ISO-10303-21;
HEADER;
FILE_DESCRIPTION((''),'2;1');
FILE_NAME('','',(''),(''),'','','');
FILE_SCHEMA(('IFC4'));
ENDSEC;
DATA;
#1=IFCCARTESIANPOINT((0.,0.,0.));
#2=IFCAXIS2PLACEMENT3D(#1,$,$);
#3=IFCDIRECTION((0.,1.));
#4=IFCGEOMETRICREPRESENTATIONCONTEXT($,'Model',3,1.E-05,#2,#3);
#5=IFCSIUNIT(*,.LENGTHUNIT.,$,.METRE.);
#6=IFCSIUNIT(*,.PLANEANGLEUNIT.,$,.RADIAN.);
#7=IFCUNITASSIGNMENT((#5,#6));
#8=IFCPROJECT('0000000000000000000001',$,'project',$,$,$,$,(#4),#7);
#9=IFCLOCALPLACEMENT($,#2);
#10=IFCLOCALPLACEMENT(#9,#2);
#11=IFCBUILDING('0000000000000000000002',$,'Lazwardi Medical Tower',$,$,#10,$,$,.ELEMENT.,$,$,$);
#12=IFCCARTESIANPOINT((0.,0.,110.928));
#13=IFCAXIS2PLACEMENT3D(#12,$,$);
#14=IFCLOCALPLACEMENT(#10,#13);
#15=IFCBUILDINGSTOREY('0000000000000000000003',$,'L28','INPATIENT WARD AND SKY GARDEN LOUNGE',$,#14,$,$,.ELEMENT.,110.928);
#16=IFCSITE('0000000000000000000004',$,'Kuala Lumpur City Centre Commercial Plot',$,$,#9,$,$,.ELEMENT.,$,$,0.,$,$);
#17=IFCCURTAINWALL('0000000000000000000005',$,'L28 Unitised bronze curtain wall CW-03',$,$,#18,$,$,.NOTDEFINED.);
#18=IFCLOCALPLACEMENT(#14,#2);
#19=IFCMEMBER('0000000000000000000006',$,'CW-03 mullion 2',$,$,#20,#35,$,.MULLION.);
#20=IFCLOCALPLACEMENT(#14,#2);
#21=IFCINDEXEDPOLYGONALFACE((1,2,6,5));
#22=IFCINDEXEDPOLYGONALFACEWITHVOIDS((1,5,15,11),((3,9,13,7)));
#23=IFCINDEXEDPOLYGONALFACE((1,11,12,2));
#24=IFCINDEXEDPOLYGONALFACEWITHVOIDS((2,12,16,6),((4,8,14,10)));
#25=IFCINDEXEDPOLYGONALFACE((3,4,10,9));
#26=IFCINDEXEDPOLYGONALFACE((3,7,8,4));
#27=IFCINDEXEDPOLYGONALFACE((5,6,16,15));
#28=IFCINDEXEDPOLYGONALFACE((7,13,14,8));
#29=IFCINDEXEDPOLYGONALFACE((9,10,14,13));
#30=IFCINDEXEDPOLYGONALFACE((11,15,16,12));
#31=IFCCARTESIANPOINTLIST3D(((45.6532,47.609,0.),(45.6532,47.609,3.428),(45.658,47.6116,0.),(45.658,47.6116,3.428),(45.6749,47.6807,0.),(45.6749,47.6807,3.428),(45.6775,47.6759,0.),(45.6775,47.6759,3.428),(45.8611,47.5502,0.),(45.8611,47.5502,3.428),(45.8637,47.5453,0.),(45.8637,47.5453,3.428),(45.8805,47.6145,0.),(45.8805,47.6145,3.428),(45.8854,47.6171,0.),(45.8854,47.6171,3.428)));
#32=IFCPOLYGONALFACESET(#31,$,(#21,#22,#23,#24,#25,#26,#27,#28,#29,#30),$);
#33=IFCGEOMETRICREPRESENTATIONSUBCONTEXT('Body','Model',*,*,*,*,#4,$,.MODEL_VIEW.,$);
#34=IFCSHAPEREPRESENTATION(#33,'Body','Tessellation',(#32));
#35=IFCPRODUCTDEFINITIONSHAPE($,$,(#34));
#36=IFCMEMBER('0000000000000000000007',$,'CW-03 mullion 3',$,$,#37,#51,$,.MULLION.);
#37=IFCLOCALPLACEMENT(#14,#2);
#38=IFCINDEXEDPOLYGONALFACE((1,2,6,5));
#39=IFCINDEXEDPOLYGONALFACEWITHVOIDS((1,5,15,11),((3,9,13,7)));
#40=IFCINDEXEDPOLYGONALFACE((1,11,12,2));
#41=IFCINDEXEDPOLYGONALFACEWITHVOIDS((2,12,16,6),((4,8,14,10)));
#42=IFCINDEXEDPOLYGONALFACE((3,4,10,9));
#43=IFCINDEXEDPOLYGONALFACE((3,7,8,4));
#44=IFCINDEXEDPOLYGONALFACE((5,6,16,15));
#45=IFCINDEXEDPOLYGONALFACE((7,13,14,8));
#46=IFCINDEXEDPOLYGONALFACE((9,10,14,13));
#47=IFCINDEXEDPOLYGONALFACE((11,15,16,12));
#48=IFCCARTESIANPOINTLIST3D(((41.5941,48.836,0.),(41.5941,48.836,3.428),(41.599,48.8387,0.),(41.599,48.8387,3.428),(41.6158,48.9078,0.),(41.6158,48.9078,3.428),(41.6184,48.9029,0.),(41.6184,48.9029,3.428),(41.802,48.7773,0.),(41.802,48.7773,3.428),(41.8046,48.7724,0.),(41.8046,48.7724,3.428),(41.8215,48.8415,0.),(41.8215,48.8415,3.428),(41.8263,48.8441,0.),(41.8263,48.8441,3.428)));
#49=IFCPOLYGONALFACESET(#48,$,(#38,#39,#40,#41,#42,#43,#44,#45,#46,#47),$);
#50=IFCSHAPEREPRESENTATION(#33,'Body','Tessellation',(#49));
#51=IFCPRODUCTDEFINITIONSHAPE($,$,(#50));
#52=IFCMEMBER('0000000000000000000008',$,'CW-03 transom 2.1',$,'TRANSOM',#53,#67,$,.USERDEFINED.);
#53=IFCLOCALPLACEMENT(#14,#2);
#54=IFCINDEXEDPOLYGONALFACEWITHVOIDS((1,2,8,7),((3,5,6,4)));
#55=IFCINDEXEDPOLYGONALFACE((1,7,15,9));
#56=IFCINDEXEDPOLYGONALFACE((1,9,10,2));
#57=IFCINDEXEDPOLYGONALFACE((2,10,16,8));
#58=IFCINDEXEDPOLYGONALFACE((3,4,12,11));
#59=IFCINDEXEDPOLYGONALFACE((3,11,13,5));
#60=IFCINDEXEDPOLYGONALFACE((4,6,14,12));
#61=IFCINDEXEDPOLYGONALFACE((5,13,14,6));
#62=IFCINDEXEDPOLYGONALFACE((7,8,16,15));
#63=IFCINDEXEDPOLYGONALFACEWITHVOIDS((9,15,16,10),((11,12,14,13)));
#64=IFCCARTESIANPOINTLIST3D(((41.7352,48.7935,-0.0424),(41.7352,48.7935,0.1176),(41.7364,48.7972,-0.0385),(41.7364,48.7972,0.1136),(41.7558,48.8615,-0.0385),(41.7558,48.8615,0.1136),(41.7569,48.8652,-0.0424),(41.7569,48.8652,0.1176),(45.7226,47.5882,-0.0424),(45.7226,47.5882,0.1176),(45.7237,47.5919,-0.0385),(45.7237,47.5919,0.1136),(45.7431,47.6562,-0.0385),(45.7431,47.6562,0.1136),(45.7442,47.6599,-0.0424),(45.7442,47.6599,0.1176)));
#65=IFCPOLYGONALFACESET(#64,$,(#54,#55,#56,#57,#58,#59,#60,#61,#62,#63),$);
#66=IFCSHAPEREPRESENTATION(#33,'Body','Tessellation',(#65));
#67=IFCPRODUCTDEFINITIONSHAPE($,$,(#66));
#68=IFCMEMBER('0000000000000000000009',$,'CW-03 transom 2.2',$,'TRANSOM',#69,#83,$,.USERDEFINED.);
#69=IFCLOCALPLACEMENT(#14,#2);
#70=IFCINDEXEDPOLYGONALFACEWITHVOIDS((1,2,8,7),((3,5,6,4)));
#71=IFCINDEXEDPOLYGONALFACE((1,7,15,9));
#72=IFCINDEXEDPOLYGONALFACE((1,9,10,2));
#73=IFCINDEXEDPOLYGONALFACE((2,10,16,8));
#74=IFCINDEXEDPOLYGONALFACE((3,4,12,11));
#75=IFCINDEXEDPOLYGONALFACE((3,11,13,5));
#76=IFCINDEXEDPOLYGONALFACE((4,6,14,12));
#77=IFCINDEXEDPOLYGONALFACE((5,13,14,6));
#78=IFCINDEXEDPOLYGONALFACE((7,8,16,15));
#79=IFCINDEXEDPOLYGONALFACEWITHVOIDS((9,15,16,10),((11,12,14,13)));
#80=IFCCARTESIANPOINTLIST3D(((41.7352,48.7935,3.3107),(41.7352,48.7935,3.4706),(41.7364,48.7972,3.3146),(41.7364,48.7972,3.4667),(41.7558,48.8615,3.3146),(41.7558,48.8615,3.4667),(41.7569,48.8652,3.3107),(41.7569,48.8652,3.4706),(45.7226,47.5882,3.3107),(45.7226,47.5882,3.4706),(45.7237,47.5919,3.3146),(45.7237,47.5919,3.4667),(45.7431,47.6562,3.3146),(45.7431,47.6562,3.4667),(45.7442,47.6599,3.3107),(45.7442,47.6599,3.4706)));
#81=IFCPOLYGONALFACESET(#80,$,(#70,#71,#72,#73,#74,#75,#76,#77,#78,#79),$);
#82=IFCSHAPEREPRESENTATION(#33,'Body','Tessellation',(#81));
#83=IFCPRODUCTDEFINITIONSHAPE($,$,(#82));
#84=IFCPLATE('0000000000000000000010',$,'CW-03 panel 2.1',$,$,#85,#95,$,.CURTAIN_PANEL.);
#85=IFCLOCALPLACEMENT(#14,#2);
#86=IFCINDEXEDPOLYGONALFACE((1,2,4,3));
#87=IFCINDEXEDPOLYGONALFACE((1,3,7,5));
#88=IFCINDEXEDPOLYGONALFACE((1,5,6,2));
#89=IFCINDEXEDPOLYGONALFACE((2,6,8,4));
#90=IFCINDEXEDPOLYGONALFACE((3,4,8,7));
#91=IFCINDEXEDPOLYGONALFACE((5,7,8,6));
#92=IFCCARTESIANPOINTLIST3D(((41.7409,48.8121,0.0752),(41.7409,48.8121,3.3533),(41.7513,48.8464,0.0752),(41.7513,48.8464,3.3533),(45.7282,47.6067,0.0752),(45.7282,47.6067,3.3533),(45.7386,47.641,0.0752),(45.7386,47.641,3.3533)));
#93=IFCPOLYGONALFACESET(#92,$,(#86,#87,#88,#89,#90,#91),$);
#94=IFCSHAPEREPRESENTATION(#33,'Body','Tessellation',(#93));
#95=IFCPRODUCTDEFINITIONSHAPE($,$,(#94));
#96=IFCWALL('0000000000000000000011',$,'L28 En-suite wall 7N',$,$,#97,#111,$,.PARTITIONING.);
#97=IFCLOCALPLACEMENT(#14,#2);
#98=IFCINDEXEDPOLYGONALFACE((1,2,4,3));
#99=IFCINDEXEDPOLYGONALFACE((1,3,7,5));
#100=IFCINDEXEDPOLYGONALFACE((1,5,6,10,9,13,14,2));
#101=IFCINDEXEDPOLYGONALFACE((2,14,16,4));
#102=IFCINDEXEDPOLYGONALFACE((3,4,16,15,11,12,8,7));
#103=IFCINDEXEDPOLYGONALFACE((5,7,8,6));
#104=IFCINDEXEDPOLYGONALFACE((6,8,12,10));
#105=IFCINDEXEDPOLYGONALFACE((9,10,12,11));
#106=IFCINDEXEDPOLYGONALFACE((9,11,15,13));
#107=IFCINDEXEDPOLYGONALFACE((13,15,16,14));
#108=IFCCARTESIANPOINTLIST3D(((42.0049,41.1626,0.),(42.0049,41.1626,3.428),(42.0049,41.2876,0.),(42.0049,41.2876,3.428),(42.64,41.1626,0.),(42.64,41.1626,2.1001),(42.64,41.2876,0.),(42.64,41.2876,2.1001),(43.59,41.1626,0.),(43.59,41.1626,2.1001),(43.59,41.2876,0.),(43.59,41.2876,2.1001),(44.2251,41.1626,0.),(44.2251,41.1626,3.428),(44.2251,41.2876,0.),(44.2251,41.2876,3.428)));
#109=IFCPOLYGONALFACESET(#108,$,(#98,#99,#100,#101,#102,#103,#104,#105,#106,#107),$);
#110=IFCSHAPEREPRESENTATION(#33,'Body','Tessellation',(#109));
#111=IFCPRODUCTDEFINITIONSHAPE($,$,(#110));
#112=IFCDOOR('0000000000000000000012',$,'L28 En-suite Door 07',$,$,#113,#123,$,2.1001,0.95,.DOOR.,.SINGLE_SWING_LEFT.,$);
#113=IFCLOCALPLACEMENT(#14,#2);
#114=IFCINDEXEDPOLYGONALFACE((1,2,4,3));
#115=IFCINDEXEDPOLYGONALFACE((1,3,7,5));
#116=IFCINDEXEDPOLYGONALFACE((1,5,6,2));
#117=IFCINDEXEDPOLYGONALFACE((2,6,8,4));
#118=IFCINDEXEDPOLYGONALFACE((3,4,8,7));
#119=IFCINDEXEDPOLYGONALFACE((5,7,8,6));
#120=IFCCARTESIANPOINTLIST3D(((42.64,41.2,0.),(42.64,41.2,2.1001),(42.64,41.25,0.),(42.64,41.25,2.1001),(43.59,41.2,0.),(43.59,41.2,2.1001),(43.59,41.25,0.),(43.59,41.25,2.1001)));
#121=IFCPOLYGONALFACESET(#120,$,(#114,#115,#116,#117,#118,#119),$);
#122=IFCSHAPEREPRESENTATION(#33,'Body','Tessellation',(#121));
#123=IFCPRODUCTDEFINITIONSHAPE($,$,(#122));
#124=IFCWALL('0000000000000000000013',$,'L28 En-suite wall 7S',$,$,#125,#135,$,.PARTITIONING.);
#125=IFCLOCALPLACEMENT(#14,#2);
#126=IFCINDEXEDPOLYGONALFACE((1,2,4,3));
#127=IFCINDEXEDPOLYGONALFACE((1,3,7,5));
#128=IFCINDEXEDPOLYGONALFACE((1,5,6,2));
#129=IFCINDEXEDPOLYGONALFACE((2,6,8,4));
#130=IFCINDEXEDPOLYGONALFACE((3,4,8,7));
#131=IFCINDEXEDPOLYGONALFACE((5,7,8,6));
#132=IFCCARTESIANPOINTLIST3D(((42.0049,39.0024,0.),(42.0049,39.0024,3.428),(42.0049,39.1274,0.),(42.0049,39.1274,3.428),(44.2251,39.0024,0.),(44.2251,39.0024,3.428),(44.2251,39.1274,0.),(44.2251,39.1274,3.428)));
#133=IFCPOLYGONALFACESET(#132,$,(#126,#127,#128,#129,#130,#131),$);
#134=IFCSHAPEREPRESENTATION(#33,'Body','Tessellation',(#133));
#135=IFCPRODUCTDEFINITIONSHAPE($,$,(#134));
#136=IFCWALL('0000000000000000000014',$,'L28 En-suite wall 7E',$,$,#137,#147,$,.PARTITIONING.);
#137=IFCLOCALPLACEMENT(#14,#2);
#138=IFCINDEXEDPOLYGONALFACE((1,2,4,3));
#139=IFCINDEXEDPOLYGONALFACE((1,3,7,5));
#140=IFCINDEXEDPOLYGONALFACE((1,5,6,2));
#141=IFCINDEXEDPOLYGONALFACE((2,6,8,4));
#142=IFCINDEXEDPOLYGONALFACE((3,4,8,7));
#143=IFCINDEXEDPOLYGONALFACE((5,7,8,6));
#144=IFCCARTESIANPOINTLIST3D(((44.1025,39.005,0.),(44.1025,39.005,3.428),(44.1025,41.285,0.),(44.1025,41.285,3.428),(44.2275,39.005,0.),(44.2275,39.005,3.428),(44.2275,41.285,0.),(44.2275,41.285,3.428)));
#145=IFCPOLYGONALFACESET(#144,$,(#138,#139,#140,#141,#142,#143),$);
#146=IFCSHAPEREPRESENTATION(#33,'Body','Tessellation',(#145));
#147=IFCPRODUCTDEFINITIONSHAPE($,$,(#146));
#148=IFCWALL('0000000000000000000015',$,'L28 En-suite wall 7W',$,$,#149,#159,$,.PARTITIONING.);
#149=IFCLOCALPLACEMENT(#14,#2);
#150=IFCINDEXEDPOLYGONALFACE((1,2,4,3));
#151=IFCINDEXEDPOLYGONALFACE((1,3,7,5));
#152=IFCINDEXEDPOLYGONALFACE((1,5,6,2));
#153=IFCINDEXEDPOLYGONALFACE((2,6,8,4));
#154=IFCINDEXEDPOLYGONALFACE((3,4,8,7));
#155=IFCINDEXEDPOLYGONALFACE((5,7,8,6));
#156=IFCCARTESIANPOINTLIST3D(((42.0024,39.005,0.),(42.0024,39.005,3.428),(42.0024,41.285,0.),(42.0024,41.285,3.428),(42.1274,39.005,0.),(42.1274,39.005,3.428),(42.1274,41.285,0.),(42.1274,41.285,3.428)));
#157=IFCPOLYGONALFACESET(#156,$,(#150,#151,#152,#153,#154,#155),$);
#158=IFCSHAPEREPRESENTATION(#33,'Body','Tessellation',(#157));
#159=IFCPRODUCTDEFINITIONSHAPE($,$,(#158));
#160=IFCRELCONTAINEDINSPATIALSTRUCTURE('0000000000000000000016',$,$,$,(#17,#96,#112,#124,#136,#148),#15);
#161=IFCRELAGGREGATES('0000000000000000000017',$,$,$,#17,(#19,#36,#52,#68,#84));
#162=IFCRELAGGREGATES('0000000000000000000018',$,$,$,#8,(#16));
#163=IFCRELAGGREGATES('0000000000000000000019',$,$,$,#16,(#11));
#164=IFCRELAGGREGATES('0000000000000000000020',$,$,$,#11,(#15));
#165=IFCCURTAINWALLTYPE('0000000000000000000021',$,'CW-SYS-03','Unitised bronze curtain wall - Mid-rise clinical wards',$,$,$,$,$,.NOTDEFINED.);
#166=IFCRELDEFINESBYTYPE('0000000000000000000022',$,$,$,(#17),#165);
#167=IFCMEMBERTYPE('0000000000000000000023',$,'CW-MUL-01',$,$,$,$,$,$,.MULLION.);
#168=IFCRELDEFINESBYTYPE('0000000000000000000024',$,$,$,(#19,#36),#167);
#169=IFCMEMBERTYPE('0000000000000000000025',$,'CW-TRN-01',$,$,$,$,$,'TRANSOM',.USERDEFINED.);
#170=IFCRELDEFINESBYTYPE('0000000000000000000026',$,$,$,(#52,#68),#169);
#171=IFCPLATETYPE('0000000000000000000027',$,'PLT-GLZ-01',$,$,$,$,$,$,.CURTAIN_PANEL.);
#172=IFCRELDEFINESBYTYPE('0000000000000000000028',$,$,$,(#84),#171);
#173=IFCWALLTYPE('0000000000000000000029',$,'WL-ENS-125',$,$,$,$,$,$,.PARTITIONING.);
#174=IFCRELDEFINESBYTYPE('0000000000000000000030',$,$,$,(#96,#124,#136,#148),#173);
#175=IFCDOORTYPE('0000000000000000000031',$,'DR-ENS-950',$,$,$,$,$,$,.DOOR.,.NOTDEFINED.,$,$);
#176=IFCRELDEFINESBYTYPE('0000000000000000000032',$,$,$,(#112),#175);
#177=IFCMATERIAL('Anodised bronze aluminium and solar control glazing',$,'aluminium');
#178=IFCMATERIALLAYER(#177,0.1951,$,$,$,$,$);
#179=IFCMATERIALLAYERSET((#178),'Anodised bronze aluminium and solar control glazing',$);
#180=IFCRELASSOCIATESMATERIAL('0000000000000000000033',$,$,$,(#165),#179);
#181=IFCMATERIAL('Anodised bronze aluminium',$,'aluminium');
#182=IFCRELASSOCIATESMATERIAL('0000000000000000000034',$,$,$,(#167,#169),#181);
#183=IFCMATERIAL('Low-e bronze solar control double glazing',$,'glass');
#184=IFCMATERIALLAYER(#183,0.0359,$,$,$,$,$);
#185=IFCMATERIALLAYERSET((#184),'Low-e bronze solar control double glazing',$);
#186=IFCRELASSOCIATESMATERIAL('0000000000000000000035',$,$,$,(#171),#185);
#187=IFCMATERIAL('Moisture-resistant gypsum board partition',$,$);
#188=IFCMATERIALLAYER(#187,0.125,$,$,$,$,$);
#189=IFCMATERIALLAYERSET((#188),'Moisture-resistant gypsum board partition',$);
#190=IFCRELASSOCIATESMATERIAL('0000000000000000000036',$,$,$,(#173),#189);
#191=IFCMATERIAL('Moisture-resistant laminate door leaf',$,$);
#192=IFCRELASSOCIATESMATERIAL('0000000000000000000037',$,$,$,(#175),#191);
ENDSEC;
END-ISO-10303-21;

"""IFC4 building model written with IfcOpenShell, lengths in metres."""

from ifc_helpers import new_model, si_unit, direction, frame, frame_2d, origin, origin_2d, place, context, subcontext, project, spatial, rectangle, hollow_rectangle, extrude, material, layer, layer_set, material_profile, profile_set, type_object, element, fill, aggregate, save


model = new_model("IFC4")

# Units and contexts
model_context = context("Model", 3, precision=1e-05, world=origin(), true_north=direction((0.0, 1.0)))
body_context = subcontext(model_context, "Body", "Model", "MODEL_VIEW")
ifc_project = project(units=[si_unit("LENGTHUNIT", "METRE"), si_unit("PLANEANGLEUNIT", "RADIAN")], contexts=[model_context])

# Site, building, storey
site_placement = place(None, origin())
site = spatial("IfcSite", under=ifc_project, at=site_placement, Name="Kuala Lumpur City Centre Commercial Plot", CompositionType="ELEMENT", RefElevation=0.0)
building_placement = place(site_placement, origin())
building = spatial("IfcBuilding", under=site, at=building_placement, Name="Lazwardi Medical Tower", CompositionType="ELEMENT")
storey_placement = place(building_placement, frame((0.0, 0.0, 110.928)))
storey = spatial("IfcBuildingStorey", under=building, at=storey_placement, Name="L28", Description="INPATIENT WARD AND SKY GARDEN LOUNGE", CompositionType="ELEMENT", Elevation=110.928)

# Curtain wall, members, plate
ifc_material_1 = material(Name="Anodised bronze aluminium and solar control glazing", Category="aluminium")
ifc_layer_1 = layer(ifc_material_1, 0.1951)
ifc_layer_set_1 = layer_set([ifc_layer_1], Name="Anodised bronze aluminium and solar control glazing")
curtain_wall_type = type_object("IfcCurtainWallType", Name="CW-SYS-03", Description="Unitised bronze curtain wall - Mid-rise clinical wards", PredefinedType="NOTDEFINED", material=ifc_layer_set_1)
curtain_wall_placement = place(storey_placement, origin())
curtain_wall = element("IfcCurtainWall", 1, at=curtain_wall_placement, inside=storey, type_object=curtain_wall_type, Name="L28 Unitised bronze curtain wall CW-03", PredefinedType="NOTDEFINED")
ifc_material_2 = material(Name="Anodised bronze aluminium", Category="aluminium")
ifc_material_profile_1 = material_profile(ifc_material_2, hollow_rectangle(XDim=0.075, YDim=0.22, WallThickness=0.0039, at=origin_2d()), Name="ALU-MULLION 220x75x4")
ifc_profile_set_1 = profile_set([ifc_material_profile_1], Name="Anodised bronze aluminium")
member_type_1 = type_object("IfcMemberType", Name="CW-MUL-01", PredefinedType="MULLION", material=ifc_profile_set_1)
member_1_placement = place(storey_placement, frame((45.7693, 47.613, 0.0), z_axis=(0.0, 0.0, 1.0), x_axis=(-0.289374, -0.957216, 0.0)))
member_1 = element("IfcMember", 2, at=member_1_placement, type_object=member_type_1, Name="CW-03 mullion 2", PredefinedType="MULLION", context=body_context, shape_type="SweptSolid", body=[
    extrude(hollow_rectangle(XDim=0.075, YDim=0.22, WallThickness=0.0039, at=origin_2d()), origin(), (0.0, 0.0, 1.0), 3.428),
])
member_2_placement = place(storey_placement, frame((41.7102, 48.8401, 0.0), z_axis=(0.0, 0.0, 1.0), x_axis=(-0.289374, -0.957216, 0.0)))
member_2 = element("IfcMember", 3, at=member_2_placement, type_object=member_type_1, Name="CW-03 mullion 3", PredefinedType="MULLION", context=body_context, shape_type="SweptSolid", body=[
    extrude(hollow_rectangle(XDim=0.075, YDim=0.22, WallThickness=0.0039, at=origin_2d()), origin(), (0.0, 0.0, 1.0), 3.428),
])
ifc_material_profile_2 = material_profile(ifc_material_2, hollow_rectangle(XDim=0.075, YDim=0.1599, WallThickness=0.0039, at=origin_2d()), Name="ALU-TRANSOM 160x75x4")
ifc_profile_set_2 = profile_set([ifc_material_profile_2], Name="Anodised bronze aluminium")
member_type_2 = type_object("IfcMemberType", Name="CW-TRN-01", ElementType="TRANSOM", PredefinedType="USERDEFINED", material=ifc_profile_set_2)
member_3_placement = place(storey_placement, frame((45.7334, 47.624, 0.0376), z_axis=(-0.957221, 0.289358, 0.0), x_axis=(-0.289358, -0.957221, 0.0)))
member_3 = element("IfcMember", 4, at=member_3_placement, type_object=member_type_2, Name="CW-03 transom 2.1", ObjectType="TRANSOM", PredefinedType="USERDEFINED", context=body_context, shape_type="SweptSolid", body=[
    extrude(hollow_rectangle(XDim=0.075, YDim=0.1599, WallThickness=0.0039, at=origin_2d()), origin(), (0.0, 0.0, 1.0), 4.1655),
])
member_4_placement = place(storey_placement, frame((45.7334, 47.624, 3.3906), z_axis=(-0.957221, 0.289358, 0.0), x_axis=(-0.289358, -0.957221, 0.0)))
member_4 = element("IfcMember", 5, at=member_4_placement, type_object=member_type_2, Name="CW-03 transom 2.2", ObjectType="TRANSOM", PredefinedType="USERDEFINED", context=body_context, shape_type="SweptSolid", body=[
    extrude(hollow_rectangle(XDim=0.075, YDim=0.1599, WallThickness=0.0039, at=origin_2d()), origin(), (0.0, 0.0, 1.0), 4.1655),
])
ifc_material_3 = material(Name="Low-e bronze solar control double glazing", Category="glass")
ifc_layer_2 = layer(ifc_material_3, 0.0359)
ifc_layer_set_2 = layer_set([ifc_layer_2], Name="Low-e bronze solar control double glazing")
plate_type = type_object("IfcPlateType", Name="PLT-GLZ-01", PredefinedType="CURTAIN_PANEL", material=ifc_layer_set_2)
plate_placement = place(storey_placement, frame((43.7397, 48.2266, 0.0752), z_axis=(0.0, 0.0, 1.0), x_axis=(-0.957216, 0.289374, 0.0)))
plate = element("IfcPlate", 6, at=plate_placement, type_object=plate_type, Name="CW-03 panel 2.1", PredefinedType="CURTAIN_PANEL", context=body_context, shape_type="SweptSolid", body=[
    extrude(rectangle(XDim=4.1655, YDim=0.0359, at=origin_2d()), origin(), (0.0, 0.0, 1.0), 3.2781),
])
aggregate(curtain_wall, [member_1, member_2, member_3, member_4, plate])

# Wall, opening, door
ifc_material_4 = material(Name="Moisture-resistant gypsum board partition")
ifc_layer_3 = layer(ifc_material_4, 0.125)
ifc_layer_set_3 = layer_set([ifc_layer_3], Name="Moisture-resistant gypsum board partition")
wall_type_1 = type_object("IfcWallType", Name="WL-ENS-125", PredefinedType="PARTITIONING", material=ifc_layer_set_3)
wall_1_placement = place(storey_placement, frame((42.0049, 41.2251, 0.0), z_axis=(0.0, 0.0, 1.0), x_axis=(1.0, 0.0, 0.0)))
wall_1 = element("IfcWall", 7, at=wall_1_placement, inside=storey, type_object=wall_type_1, Name="L28 En-suite wall 7N", PredefinedType="PARTITIONING", context=body_context, shape_type="SweptSolid", body=[
    extrude(rectangle(XDim=2.2202, YDim=0.125, at=frame_2d((1.1101, 0.0))), origin(), (0.0, 0.0, 1.0), 3.428),
])
opening_1_placement = place(wall_1_placement, frame((0.635, 0.0, 0.0)))
opening_1 = element("IfcOpeningElement", 8, at=opening_1_placement, cuts=wall_1, PredefinedType="OPENING", context=body_context, shape_type="SweptSolid", body=[
    extrude(rectangle(XDim=0.95, YDim=2.1001, at=frame_2d((0.4751, 1.05))), frame((0.0, 0.0725, 0.0), z_axis=(0.0, -1.0, 0.0), x_axis=(1.0, 0.0, 0.0)), (0.0, 0.0, 1.0), 0.145),
])
ifc_material_5 = material(Name="Moisture-resistant laminate door leaf")
door_type = type_object("IfcDoorType", Name="DR-ENS-950", OperationType="NOTDEFINED", PredefinedType="DOOR", material=ifc_material_5)
door_placement = place(opening_1_placement, origin())
door = element("IfcDoor", 9, at=door_placement, inside=storey, type_object=door_type, Name="L28 En-suite Door 07", OperationType="SINGLE_SWING_LEFT", OverallHeight=2.1001, OverallWidth=0.95, PredefinedType="DOOR", context=body_context, shape_type="SweptSolid", body=[
    extrude(rectangle(XDim=0.95, YDim=2.1001, at=frame_2d((0.4751, 1.05))), frame((0.0, 0.0249, 0.0), z_axis=(0.0, -1.0, 0.0), x_axis=(1.0, 0.0, 0.0)), (0.0, 0.0, 1.0), 0.05),
])
fill(opening_1, door)

# Walls
wall_2_placement = place(storey_placement, frame((42.0049, 39.0649, 0.0), z_axis=(0.0, 0.0, 1.0), x_axis=(1.0, 0.0, 0.0)))
element("IfcWall", 10, at=wall_2_placement, inside=storey, type_object=wall_type_1, Name="L28 En-suite wall 7S", PredefinedType="PARTITIONING", context=body_context, shape_type="SweptSolid", body=[
    extrude(rectangle(XDim=2.2202, YDim=0.125, at=frame_2d((1.1101, 0.0))), origin(), (0.0, 0.0, 1.0), 3.428),
])
for number, where, z_axis, x_axis, name in (
    (11, (44.165, 39.0049, 0.0), (0.0, 0.0, 1.0), (0.0, 1.0, 0.0), "L28 En-suite wall 7E"),
    (12, (42.0649, 39.0049, 0.0), (0.0, 0.0, 1.0), (0.0, 1.0, 0.0), "L28 En-suite wall 7W"),
):
    element("IfcWall", number, at=place(storey_placement, frame(where, z_axis=z_axis, x_axis=x_axis)), inside=storey, type_object=wall_type_1, Name=name, PredefinedType="PARTITIONING", context=body_context, shape_type="SweptSolid", body=[
        extrude(rectangle(XDim=2.28, YDim=0.125, at=frame_2d((1.1401, 0.0))), origin(), (0.0, 0.0, 1.0), 3.428),
    ])

save(model, "model.ifc")
